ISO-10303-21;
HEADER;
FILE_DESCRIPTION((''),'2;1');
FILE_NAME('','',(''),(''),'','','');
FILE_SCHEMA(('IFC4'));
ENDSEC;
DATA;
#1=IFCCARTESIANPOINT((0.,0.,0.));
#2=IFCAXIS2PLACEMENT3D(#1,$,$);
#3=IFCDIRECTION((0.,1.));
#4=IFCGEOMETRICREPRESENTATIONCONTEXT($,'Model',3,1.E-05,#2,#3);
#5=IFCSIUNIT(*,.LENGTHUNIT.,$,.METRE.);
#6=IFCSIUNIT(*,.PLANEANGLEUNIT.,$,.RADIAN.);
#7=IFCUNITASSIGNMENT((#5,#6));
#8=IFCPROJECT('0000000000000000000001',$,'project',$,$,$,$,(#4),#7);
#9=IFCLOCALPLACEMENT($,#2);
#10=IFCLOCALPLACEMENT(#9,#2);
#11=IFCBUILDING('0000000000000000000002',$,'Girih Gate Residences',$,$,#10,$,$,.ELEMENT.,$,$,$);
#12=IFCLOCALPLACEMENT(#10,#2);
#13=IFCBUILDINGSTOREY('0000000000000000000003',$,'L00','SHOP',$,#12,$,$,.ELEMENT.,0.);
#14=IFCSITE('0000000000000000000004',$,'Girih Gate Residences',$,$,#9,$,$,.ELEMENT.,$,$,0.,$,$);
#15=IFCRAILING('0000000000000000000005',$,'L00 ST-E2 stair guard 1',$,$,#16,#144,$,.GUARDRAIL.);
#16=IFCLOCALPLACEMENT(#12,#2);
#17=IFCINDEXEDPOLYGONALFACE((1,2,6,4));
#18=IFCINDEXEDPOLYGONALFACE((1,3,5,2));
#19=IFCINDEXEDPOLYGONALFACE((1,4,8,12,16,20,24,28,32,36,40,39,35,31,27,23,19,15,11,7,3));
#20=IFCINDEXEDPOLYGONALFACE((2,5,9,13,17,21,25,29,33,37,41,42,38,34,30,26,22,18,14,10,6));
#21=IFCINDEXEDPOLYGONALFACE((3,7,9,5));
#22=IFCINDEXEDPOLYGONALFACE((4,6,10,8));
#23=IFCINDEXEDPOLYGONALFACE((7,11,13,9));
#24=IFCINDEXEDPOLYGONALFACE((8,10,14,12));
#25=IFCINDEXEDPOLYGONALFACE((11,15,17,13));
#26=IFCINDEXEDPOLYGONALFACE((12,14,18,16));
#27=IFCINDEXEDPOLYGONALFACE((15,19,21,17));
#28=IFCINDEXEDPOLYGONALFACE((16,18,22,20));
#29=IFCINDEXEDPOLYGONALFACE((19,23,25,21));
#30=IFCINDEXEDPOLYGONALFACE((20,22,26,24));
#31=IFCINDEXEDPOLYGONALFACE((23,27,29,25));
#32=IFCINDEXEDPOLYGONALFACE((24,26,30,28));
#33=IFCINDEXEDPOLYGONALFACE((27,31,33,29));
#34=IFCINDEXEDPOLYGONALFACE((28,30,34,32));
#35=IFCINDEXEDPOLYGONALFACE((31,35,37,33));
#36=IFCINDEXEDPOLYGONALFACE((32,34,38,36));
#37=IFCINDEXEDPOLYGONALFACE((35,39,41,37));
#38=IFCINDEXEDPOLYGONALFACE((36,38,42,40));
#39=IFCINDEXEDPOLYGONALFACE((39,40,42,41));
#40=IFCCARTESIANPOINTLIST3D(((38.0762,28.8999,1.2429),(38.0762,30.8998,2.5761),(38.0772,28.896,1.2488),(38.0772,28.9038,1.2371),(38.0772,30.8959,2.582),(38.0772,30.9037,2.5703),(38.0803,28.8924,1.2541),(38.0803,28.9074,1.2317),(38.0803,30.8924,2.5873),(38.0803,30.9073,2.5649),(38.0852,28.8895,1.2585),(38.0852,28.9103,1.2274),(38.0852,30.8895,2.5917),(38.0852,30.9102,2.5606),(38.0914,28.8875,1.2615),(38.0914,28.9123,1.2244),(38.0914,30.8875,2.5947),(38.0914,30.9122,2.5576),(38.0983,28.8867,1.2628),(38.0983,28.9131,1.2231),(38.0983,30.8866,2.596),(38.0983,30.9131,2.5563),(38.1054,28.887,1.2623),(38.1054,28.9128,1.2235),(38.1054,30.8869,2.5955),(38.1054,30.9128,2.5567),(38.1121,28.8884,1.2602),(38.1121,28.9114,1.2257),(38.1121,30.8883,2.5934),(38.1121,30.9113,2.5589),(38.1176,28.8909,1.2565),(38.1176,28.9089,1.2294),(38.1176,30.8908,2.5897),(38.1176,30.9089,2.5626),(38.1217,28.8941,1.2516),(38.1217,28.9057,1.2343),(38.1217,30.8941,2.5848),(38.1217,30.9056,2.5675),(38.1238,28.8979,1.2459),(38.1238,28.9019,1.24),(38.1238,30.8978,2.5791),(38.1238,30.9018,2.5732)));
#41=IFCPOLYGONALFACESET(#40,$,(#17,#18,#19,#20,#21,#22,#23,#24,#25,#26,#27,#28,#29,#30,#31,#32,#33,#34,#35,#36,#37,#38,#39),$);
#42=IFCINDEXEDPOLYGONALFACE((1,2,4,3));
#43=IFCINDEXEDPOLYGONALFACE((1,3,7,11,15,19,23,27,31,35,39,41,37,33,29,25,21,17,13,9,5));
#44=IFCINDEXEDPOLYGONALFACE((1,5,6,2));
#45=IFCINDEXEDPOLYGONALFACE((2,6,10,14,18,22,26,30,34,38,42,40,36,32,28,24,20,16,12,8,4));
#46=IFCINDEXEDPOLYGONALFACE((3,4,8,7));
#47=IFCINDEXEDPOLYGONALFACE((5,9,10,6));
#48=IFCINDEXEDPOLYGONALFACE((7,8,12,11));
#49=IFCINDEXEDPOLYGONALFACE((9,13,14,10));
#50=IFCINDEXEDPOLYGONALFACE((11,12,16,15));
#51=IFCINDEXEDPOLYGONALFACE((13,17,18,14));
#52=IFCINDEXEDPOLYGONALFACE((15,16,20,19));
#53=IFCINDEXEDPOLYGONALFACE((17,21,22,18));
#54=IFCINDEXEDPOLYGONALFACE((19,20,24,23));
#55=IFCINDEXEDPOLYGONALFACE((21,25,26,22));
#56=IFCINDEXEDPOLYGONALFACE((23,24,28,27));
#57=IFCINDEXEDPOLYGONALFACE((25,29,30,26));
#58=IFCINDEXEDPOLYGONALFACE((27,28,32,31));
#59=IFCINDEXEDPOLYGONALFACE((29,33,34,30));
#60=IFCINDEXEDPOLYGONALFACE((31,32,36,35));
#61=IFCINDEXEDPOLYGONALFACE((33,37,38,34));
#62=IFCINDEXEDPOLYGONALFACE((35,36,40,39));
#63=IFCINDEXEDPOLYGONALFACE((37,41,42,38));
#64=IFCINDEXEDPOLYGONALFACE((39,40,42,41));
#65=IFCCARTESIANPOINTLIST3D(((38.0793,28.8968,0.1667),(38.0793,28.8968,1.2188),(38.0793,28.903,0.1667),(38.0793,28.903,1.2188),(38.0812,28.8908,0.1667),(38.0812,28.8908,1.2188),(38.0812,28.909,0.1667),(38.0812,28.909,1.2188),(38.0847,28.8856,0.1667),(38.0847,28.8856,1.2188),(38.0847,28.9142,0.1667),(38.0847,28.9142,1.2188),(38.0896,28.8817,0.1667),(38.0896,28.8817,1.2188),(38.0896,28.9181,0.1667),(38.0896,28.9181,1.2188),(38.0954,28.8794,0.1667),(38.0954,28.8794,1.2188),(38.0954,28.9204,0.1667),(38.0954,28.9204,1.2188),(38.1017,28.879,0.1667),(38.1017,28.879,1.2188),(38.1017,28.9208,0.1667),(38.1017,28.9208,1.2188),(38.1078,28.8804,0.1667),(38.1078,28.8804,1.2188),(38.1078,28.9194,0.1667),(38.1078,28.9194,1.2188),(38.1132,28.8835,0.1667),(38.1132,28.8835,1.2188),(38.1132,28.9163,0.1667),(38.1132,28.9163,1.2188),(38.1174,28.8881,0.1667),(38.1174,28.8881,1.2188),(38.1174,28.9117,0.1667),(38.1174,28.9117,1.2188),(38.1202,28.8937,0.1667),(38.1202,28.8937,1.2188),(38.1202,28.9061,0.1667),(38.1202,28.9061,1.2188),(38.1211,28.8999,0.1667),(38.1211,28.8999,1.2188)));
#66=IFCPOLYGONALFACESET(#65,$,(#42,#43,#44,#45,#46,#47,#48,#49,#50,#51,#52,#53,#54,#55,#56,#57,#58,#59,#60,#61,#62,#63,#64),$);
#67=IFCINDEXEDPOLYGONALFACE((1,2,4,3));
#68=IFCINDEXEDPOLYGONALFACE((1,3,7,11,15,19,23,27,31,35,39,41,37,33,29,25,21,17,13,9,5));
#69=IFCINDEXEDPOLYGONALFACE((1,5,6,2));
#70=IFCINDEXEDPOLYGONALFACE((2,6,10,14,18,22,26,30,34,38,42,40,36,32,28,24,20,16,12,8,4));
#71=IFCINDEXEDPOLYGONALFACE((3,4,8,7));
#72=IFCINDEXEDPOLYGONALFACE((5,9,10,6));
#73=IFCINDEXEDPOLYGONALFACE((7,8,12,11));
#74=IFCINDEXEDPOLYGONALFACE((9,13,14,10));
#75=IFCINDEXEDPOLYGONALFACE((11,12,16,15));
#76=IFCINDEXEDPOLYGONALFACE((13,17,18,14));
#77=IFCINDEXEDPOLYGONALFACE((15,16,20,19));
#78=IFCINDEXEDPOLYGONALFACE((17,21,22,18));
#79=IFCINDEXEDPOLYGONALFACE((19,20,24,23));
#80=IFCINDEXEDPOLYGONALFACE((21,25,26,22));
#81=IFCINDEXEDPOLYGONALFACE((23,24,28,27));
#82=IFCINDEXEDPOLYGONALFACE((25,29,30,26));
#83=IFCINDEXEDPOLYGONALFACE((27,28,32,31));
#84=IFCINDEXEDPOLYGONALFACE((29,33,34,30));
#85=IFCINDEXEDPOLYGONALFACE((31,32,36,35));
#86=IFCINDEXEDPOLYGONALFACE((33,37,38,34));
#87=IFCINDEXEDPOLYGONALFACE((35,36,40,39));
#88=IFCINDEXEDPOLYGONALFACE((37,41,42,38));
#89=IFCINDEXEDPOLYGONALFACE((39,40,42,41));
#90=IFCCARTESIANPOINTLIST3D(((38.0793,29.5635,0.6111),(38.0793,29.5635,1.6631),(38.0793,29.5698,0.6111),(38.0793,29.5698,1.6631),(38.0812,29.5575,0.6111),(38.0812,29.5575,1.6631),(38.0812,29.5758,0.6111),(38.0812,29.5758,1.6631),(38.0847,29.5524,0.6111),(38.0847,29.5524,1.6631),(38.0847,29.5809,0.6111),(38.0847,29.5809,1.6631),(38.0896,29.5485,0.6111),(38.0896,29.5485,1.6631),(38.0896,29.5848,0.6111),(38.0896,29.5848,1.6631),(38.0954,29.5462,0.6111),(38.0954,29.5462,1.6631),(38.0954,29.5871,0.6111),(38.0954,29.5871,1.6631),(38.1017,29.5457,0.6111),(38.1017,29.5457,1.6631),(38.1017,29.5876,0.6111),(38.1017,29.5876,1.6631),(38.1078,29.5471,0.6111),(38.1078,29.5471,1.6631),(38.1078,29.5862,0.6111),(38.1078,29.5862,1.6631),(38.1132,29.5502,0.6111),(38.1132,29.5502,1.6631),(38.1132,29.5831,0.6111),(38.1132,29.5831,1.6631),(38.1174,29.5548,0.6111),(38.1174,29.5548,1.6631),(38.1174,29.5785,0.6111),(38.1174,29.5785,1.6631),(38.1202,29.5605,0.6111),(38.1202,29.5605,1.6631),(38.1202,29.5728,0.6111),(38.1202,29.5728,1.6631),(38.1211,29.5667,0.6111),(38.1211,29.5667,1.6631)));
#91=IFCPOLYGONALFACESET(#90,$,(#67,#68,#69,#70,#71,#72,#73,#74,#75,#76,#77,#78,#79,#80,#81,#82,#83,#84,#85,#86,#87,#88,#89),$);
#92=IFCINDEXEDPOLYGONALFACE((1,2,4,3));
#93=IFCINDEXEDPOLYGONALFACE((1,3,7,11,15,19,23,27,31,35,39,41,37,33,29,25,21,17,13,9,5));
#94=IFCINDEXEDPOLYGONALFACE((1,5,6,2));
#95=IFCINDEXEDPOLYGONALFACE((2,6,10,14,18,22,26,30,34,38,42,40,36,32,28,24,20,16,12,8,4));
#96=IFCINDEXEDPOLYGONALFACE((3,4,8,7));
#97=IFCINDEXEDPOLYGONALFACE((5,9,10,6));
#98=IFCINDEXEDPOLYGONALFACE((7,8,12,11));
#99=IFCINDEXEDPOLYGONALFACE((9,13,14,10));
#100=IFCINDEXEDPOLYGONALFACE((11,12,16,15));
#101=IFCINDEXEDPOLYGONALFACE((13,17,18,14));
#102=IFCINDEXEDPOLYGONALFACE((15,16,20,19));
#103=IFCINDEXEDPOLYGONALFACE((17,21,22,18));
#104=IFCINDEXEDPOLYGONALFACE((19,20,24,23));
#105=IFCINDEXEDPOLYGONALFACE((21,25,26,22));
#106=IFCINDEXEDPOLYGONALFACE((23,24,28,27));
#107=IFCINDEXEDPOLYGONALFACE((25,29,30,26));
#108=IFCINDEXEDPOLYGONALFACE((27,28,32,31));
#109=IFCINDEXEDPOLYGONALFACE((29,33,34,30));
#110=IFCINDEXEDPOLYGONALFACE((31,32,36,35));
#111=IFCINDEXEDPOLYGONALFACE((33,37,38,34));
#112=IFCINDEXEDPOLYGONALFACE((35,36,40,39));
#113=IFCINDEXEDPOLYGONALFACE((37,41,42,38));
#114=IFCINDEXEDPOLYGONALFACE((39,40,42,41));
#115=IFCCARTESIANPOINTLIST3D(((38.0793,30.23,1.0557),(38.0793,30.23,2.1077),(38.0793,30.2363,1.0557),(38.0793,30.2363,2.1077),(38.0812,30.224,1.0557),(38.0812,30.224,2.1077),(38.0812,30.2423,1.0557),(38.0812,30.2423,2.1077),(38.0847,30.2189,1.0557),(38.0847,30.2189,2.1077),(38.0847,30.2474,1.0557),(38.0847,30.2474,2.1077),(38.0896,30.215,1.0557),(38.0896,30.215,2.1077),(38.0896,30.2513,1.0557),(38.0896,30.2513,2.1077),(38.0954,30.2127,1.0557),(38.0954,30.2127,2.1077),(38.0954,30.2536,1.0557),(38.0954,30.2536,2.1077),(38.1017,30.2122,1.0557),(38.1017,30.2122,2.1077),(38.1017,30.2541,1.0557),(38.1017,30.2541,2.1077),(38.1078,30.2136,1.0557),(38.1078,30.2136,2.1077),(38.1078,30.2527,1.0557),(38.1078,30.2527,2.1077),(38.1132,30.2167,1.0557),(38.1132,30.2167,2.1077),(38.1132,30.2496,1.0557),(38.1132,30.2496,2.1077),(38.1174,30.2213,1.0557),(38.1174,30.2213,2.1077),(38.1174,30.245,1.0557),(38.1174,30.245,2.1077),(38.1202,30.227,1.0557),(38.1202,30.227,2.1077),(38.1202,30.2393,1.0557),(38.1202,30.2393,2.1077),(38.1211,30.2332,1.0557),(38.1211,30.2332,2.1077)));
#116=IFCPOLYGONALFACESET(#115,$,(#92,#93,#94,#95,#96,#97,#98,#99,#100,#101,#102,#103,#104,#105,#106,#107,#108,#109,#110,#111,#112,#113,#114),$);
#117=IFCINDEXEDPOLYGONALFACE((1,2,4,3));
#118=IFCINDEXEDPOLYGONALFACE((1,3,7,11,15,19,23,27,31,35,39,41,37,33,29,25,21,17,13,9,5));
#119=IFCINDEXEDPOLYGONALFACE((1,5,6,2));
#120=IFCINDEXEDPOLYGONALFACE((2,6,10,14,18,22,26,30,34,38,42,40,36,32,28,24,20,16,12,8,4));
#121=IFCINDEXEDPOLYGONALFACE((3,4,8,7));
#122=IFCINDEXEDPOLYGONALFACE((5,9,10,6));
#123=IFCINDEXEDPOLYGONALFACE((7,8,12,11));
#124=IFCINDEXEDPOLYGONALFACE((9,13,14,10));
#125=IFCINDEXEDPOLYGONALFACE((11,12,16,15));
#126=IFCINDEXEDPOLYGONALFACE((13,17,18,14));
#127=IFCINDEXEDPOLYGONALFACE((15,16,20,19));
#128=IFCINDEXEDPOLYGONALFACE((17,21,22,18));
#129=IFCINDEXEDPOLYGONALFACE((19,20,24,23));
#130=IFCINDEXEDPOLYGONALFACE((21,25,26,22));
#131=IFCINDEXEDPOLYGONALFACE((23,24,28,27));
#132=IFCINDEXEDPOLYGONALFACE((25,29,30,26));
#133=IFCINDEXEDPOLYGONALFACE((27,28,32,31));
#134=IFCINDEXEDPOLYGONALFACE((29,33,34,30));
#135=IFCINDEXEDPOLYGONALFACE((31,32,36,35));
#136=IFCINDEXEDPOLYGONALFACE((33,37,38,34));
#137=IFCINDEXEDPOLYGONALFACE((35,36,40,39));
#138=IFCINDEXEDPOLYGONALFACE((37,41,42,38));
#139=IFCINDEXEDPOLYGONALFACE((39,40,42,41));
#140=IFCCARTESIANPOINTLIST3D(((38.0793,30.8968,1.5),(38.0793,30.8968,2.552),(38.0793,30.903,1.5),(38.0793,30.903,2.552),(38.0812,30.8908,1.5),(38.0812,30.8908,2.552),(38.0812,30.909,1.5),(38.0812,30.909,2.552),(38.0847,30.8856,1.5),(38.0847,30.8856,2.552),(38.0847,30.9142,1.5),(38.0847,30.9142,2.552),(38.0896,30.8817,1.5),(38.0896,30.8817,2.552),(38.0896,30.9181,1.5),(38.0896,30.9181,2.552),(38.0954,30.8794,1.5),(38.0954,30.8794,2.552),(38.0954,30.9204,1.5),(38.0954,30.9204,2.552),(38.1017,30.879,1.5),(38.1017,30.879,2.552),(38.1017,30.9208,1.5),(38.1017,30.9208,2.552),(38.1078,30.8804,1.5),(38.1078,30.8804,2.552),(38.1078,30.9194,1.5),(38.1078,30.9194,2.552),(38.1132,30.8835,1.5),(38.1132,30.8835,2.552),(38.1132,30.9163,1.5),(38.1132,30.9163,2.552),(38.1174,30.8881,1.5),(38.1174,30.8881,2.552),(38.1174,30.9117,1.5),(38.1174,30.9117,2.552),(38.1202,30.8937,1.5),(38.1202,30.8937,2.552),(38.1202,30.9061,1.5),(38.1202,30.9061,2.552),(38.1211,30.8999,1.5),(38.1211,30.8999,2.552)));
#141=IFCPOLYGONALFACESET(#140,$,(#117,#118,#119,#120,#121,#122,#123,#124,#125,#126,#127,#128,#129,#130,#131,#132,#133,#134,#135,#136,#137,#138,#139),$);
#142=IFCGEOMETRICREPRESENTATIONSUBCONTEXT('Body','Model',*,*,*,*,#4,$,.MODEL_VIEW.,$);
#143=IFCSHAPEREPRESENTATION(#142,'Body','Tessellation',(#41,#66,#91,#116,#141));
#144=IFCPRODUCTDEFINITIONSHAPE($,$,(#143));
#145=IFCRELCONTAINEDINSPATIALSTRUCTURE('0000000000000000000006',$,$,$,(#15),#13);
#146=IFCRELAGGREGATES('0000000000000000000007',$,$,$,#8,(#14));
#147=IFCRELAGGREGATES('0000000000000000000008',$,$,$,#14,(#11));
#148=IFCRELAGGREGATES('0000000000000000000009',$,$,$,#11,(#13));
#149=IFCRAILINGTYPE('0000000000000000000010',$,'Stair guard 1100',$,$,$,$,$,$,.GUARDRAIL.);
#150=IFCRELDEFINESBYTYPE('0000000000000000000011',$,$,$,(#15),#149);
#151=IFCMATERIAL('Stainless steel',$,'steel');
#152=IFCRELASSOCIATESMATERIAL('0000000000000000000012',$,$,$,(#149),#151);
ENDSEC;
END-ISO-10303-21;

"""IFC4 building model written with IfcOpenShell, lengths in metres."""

from ifc_helpers import new_model, si_unit, direction, frame, origin, origin_2d, place, context, subcontext, project, spatial, circle, extrude, material, type_object, element, save


model = new_model("IFC4")

# Units and contexts
model_context = context("Model", 3, precision=1e-05, world=origin(), true_north=direction((0.0, 1.0)))
body_context = subcontext(model_context, "Body", "Model", "MODEL_VIEW")
ifc_project = project(units=[si_unit("LENGTHUNIT", "METRE"), si_unit("PLANEANGLEUNIT", "RADIAN")], contexts=[model_context])

# Site, building, storey
site_placement = place(None, origin())
site = spatial("IfcSite", under=ifc_project, at=site_placement, Name="Girih Gate Residences", CompositionType="ELEMENT", RefElevation=0.0)
building_placement = place(site_placement, origin())
building = spatial("IfcBuilding", under=site, at=building_placement, Name="Girih Gate Residences", CompositionType="ELEMENT")
storey_placement = place(building_placement, origin())
storey = spatial("IfcBuildingStorey", under=building, at=storey_placement, Name="L00", Description="SHOP", CompositionType="ELEMENT", Elevation=0.0)

# Railing
ifc_material_1 = material(Name="Stainless steel", Category="steel")
railing_type_1 = type_object("IfcRailingType", Name="Stair guard 1100", PredefinedType="GUARDRAIL", material=ifc_material_1)
for number, where, name in (
    (1, (38.1001, 28.8999, 0.1667), "L00 ST-E2 stair guard 1"),
):
    element("IfcRailing", number, at=place(storey_placement, frame(where)), inside=storey, type_object=railing_type_1, Name=name, PredefinedType="GUARDRAIL", context=body_context, shape_type="SweptSolid", body=[
        extrude(circle(Radius=0.0239, at=origin_2d()), frame((0.0, 0.0, 1.0762), z_axis=(0.0, 0.832066, 0.554677), x_axis=(-1.0, 0.0, 0.0)), (0.0, 0.0, 1.0), 2.4036),
        extrude(circle(Radius=0.021, at=origin_2d()), origin(), (0.0, 0.0, 1.0), 1.052),
        extrude(circle(Radius=0.021, at=origin_2d()), frame((0.0, 0.6667, 0.4443)), (0.0, 0.0, 1.0), 1.052),
        extrude(circle(Radius=0.021, at=origin_2d()), frame((0.0, 1.3333, 0.8889)), (0.0, 0.0, 1.0), 1.052),
        extrude(circle(Radius=0.021, at=origin_2d()), frame((0.0, 2.0, 1.3333)), (0.0, 0.0, 1.0), 1.052),
    ])

save(model, "model.ifc")
